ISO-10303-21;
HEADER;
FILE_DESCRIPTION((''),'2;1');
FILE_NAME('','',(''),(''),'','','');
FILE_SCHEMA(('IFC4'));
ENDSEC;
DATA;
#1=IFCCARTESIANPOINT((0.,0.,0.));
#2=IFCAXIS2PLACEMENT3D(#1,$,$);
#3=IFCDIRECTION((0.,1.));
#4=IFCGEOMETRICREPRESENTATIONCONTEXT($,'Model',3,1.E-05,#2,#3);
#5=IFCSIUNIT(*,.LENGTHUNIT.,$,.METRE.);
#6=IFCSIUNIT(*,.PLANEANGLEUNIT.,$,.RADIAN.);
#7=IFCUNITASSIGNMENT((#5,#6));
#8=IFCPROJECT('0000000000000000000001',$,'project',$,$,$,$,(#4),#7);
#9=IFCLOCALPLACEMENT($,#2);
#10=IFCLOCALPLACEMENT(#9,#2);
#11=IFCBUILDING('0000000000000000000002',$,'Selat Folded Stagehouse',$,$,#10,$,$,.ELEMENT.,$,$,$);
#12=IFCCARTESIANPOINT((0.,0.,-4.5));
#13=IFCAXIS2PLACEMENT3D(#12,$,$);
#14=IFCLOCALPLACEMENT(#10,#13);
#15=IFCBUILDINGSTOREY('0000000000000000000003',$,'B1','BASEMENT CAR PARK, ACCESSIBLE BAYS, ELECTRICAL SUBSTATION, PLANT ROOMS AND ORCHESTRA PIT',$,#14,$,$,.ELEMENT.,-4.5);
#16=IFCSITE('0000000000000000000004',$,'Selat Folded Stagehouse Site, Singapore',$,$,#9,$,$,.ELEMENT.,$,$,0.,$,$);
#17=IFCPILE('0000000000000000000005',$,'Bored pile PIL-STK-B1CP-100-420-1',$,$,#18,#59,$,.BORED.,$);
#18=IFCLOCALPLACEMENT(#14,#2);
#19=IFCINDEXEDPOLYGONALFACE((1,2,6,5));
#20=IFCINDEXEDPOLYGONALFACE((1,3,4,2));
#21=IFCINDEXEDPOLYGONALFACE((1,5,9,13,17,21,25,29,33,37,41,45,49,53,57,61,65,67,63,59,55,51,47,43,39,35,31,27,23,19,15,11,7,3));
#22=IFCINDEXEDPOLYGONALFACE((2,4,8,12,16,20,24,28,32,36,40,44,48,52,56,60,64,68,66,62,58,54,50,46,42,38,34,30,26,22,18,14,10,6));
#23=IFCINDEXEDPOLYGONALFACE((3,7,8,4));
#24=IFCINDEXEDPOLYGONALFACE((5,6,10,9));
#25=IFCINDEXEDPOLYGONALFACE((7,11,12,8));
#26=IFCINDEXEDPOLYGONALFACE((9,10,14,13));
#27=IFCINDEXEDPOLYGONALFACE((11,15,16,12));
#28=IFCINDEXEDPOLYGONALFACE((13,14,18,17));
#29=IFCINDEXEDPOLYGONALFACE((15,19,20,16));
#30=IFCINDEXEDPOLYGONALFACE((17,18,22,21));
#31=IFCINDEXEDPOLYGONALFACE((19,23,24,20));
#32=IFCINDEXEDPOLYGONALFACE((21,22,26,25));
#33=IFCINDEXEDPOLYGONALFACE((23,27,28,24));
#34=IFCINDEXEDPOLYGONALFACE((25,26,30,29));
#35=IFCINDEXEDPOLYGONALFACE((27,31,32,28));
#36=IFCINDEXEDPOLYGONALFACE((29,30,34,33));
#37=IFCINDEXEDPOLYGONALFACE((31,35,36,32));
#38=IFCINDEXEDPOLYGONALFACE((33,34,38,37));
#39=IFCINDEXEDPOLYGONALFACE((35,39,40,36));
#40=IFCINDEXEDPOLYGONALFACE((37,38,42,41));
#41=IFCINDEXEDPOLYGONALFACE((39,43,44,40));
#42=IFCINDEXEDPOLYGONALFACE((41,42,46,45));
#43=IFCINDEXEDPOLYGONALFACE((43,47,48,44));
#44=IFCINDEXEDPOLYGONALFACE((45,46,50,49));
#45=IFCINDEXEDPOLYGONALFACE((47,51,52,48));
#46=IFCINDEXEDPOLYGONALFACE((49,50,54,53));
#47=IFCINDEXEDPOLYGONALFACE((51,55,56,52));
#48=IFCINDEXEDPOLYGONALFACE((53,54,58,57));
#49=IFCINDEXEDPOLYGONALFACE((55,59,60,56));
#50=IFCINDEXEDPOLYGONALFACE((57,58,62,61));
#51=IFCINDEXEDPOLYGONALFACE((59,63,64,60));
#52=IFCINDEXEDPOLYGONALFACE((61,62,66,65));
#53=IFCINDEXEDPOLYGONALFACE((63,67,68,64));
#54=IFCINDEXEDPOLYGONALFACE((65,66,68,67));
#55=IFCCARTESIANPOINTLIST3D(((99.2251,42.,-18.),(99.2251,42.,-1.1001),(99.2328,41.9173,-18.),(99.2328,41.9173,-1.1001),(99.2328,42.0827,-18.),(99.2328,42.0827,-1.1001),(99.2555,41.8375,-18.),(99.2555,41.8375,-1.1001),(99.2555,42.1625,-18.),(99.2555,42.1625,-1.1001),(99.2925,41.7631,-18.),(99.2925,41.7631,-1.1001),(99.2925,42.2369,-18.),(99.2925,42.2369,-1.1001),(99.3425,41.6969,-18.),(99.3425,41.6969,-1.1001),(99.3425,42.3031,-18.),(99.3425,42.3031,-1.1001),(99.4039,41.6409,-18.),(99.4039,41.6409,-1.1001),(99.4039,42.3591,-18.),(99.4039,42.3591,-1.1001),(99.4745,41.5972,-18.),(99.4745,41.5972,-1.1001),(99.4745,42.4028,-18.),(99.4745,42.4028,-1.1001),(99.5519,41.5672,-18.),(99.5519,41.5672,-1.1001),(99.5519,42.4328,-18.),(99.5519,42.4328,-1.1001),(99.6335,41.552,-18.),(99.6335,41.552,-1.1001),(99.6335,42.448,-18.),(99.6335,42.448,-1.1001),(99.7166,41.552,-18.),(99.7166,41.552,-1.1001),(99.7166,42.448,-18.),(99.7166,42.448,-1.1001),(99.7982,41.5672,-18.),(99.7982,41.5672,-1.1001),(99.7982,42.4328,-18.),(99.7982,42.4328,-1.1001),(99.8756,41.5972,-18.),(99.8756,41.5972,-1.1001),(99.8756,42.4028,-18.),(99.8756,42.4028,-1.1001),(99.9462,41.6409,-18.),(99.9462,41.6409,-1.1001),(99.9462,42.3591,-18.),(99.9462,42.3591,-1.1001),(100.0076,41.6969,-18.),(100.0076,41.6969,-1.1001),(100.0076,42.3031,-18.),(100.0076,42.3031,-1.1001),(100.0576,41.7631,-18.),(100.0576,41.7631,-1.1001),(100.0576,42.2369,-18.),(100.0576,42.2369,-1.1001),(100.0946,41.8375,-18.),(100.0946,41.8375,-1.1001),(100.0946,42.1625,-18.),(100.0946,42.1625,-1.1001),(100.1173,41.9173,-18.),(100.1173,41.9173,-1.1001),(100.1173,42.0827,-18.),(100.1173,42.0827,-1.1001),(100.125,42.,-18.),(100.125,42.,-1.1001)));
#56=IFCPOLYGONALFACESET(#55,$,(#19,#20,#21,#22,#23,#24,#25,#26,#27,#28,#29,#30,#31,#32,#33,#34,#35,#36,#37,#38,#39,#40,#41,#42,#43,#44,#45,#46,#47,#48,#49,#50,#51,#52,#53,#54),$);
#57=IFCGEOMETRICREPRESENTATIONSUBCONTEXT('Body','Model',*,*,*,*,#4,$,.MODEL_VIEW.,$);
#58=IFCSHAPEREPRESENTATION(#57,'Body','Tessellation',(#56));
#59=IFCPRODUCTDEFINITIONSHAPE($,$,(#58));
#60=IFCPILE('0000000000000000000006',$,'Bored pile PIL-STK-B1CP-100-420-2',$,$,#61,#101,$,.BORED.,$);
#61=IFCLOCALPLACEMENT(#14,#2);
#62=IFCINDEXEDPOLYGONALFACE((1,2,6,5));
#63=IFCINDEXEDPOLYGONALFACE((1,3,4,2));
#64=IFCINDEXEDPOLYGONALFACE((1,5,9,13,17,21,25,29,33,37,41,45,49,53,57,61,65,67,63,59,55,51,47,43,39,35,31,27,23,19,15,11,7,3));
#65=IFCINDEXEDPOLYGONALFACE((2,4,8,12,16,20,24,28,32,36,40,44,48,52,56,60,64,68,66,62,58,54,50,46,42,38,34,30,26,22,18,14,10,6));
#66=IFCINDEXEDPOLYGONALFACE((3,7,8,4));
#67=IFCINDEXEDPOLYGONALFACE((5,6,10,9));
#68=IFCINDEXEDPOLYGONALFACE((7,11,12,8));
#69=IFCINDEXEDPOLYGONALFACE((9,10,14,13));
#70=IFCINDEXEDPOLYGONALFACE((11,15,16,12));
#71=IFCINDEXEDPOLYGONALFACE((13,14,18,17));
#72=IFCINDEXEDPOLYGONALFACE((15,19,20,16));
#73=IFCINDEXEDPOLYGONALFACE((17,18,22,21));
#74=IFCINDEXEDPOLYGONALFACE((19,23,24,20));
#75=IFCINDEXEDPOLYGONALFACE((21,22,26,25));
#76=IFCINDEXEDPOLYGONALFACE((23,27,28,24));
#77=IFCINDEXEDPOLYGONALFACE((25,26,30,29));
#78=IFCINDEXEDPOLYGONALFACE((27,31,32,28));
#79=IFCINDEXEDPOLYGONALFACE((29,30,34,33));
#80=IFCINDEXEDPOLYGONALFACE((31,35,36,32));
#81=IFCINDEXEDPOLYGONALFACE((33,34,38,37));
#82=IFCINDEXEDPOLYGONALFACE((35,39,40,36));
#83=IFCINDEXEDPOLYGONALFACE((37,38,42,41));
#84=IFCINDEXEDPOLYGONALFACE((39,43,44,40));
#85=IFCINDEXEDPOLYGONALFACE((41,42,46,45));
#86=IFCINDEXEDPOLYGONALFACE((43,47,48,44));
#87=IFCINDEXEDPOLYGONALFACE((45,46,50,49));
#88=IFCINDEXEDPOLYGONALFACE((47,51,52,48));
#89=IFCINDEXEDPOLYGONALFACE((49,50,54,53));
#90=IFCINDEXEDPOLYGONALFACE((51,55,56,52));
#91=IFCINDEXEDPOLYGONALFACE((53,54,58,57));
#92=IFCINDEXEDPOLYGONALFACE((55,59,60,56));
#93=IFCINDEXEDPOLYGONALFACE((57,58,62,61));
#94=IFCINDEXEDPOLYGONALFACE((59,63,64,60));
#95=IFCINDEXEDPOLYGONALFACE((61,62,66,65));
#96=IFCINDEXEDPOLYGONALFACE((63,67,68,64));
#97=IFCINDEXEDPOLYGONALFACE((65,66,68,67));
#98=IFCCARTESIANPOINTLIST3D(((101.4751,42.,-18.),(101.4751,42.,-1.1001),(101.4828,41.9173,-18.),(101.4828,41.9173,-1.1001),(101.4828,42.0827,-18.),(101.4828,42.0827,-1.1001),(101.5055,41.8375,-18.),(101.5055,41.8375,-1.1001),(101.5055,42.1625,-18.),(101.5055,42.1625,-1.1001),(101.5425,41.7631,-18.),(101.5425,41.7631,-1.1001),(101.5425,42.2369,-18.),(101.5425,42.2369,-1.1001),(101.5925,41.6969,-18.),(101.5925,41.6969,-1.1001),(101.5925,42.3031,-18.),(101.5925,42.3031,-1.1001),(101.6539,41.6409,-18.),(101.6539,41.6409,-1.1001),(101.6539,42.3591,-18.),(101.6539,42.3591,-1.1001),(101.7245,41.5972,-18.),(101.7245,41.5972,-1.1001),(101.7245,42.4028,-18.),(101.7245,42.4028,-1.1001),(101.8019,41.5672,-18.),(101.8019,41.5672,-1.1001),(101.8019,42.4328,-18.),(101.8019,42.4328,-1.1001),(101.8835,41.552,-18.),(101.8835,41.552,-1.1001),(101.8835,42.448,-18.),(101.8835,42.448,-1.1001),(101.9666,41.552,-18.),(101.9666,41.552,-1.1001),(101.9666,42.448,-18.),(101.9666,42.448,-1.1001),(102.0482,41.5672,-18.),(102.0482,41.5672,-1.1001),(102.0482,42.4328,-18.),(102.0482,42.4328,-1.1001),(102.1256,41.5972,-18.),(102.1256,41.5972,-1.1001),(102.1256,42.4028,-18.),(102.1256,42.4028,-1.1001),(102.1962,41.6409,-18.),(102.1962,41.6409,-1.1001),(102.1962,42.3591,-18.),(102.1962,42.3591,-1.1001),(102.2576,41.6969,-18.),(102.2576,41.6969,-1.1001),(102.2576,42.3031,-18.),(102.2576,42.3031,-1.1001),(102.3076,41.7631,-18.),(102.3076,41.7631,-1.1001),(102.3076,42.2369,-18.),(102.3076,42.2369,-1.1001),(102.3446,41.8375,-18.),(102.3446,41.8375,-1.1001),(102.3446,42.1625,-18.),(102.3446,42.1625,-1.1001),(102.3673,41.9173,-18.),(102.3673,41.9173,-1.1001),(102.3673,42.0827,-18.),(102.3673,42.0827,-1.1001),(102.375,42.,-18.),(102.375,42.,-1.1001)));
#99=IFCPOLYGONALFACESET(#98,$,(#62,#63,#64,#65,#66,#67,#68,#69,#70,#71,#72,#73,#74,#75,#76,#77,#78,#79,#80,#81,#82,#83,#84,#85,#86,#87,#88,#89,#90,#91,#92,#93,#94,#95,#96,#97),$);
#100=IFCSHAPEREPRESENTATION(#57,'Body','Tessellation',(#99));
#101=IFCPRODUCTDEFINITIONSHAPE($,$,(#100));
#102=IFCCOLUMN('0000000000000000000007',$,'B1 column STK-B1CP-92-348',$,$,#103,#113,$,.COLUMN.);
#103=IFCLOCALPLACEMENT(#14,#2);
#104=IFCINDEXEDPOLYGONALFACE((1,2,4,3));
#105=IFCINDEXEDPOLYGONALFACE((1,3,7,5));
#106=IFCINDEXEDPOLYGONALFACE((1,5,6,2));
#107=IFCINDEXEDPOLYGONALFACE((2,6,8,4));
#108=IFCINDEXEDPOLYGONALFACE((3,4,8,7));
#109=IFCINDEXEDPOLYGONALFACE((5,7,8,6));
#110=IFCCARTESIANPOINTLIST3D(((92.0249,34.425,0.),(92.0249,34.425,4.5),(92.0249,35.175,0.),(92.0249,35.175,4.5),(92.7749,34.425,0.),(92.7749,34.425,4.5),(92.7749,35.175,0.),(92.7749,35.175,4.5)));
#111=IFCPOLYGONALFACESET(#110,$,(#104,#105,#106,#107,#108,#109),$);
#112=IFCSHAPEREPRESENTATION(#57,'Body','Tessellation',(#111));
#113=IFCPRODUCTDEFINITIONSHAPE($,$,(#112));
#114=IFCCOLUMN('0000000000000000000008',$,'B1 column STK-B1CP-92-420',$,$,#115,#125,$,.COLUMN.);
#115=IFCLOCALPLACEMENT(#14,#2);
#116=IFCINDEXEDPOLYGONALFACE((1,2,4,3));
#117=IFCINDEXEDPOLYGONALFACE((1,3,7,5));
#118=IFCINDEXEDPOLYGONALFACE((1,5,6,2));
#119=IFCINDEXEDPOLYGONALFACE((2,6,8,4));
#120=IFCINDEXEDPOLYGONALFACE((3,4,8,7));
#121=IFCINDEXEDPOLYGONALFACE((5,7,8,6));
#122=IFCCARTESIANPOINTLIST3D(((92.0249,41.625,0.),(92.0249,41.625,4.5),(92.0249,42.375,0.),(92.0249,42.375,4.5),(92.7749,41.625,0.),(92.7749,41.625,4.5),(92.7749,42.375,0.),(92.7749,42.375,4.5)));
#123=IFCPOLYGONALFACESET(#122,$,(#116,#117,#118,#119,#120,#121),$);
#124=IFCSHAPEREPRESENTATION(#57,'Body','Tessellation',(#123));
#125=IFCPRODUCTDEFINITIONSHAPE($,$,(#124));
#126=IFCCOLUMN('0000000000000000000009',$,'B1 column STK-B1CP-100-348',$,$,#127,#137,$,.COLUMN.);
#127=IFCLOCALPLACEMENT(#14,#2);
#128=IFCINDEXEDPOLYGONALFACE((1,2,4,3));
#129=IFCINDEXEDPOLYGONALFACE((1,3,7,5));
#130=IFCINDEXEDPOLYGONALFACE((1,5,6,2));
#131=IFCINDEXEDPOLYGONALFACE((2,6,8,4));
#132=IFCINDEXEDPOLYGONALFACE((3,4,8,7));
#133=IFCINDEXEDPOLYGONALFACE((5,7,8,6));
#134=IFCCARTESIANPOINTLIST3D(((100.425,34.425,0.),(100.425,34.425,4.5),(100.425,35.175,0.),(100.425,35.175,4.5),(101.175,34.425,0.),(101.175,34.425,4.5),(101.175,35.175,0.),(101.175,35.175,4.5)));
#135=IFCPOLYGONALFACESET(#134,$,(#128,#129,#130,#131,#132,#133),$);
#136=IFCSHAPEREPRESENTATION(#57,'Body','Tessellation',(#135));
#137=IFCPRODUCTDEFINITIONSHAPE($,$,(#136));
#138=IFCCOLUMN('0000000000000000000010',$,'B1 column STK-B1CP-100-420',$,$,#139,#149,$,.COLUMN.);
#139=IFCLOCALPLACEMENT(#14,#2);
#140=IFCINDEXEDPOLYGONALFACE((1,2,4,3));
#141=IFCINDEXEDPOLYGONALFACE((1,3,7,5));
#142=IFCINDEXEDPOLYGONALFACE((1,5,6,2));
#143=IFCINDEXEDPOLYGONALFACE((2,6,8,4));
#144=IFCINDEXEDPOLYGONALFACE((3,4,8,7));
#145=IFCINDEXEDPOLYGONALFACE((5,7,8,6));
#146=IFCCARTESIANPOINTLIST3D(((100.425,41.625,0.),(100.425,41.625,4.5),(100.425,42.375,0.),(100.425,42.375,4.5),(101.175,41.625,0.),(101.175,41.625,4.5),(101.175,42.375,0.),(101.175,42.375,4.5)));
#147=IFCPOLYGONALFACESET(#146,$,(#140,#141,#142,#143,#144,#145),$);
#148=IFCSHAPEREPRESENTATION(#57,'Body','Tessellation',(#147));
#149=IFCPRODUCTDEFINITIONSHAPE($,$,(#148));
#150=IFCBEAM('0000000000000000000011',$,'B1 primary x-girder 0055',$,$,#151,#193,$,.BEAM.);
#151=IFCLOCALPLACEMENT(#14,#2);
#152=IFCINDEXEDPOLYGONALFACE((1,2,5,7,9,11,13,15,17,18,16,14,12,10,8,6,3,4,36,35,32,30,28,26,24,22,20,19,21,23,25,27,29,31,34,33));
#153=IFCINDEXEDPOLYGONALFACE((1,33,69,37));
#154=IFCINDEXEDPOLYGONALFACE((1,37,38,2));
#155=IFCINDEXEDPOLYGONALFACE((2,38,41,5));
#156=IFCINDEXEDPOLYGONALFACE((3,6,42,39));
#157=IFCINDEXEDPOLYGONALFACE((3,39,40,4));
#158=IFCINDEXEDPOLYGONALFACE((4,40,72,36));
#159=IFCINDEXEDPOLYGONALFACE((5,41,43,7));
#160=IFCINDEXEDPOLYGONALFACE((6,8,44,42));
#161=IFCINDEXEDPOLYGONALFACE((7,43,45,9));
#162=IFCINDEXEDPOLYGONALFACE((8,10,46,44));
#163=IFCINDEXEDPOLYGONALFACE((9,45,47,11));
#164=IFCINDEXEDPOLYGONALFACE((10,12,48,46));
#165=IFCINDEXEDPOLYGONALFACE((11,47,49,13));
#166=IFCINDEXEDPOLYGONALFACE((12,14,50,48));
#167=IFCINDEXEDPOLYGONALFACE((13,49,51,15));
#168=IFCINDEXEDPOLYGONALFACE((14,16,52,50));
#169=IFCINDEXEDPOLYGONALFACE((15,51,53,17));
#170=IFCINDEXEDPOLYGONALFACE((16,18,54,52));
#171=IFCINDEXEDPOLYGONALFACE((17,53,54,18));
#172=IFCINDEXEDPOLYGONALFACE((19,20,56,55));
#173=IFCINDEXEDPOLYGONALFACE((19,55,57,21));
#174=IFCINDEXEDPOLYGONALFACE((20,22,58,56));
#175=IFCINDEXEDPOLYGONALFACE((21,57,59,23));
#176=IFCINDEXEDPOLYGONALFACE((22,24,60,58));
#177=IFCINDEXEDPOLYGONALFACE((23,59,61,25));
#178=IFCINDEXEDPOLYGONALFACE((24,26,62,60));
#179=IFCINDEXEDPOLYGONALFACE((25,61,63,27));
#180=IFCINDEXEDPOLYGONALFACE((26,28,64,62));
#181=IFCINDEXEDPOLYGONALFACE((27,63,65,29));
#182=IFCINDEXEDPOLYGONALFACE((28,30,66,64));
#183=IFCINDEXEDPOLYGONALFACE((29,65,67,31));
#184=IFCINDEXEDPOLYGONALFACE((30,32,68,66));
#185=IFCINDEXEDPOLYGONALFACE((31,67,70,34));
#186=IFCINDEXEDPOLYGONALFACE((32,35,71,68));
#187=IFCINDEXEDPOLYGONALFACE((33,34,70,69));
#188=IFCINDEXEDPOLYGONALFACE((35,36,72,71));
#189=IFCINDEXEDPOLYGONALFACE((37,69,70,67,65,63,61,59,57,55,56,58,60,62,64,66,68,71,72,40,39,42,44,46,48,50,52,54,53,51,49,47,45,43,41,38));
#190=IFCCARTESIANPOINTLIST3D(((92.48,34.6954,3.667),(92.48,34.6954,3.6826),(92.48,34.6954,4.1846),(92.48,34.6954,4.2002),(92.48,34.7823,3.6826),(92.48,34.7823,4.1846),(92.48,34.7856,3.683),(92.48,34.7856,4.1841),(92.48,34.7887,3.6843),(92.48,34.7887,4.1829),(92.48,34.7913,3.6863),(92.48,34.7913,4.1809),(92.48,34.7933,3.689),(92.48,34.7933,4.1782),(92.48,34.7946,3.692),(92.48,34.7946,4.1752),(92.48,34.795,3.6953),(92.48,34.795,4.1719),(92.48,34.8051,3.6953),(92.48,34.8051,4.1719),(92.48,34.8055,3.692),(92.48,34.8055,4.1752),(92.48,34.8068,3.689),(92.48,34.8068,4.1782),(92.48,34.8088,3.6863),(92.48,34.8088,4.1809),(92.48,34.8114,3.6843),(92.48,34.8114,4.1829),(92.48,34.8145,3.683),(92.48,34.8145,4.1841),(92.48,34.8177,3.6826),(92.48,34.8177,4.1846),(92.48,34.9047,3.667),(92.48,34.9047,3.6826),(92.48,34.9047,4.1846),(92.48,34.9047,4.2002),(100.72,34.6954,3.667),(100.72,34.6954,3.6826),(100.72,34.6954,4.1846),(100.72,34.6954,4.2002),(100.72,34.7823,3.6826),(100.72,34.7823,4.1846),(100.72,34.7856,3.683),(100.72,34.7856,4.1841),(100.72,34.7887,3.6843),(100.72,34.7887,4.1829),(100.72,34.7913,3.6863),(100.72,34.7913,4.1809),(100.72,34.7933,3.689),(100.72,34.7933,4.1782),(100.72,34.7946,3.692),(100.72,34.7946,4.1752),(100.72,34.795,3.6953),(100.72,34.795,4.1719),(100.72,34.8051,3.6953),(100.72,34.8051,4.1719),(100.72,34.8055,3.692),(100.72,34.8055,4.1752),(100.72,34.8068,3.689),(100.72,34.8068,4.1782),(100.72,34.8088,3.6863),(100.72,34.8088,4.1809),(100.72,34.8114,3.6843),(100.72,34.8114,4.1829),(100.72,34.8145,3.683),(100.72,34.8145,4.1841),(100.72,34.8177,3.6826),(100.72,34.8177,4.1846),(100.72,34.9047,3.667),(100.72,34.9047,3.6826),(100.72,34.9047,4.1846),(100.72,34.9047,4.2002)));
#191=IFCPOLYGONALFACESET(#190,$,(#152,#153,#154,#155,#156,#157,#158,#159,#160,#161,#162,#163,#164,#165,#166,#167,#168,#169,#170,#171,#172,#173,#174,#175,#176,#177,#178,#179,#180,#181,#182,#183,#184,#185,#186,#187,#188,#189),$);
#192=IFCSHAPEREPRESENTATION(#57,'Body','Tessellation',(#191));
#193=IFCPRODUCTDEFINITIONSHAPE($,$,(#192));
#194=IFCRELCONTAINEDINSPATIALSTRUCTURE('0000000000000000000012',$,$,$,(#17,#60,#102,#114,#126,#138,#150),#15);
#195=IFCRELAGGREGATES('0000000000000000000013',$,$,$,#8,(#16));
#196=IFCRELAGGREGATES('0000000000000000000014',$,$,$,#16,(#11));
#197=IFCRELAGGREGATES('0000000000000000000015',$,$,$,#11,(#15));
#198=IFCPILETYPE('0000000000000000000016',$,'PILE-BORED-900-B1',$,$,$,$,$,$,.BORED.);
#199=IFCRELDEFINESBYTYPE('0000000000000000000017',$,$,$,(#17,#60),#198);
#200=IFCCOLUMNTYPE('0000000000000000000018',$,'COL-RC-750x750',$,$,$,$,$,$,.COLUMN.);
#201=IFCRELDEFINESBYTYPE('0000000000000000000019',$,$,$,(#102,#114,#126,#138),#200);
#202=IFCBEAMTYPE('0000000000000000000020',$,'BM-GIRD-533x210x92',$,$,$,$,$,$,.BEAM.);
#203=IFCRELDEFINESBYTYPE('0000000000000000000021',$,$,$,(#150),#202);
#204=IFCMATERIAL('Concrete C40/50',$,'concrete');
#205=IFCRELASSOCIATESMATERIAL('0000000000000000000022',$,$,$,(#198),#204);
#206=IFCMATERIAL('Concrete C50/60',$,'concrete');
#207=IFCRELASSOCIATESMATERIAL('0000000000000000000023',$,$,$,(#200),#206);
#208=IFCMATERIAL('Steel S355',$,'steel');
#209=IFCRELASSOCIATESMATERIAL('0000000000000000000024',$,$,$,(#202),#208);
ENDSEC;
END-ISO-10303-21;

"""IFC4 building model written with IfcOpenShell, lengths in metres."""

from ifc_helpers import new_model, si_unit, direction, frame, origin, origin_2d, place, context, subcontext, project, spatial, rectangle, circle, i_section, extrude, material, material_profile, profile_set, type_object, element, save


model = new_model("IFC4")

# Units and contexts
model_context = context("Model", 3, precision=1e-05, world=origin(), true_north=direction((0.0, 1.0)))
body_context = subcontext(model_context, "Body", "Model", "MODEL_VIEW")
ifc_project = project(units=[si_unit("LENGTHUNIT", "METRE"), si_unit("PLANEANGLEUNIT", "RADIAN")], contexts=[model_context])

# Site, building, storey
site_placement = place(None, origin())
site = spatial("IfcSite", under=ifc_project, at=site_placement, Name="Selat Folded Stagehouse Site, Singapore", CompositionType="ELEMENT", RefElevation=0.0)
building_placement = place(site_placement, origin())
building = spatial("IfcBuilding", under=site, at=building_placement, Name="Selat Folded Stagehouse", CompositionType="ELEMENT")
storey_placement = place(building_placement, frame((0.0, 0.0, -4.5)))
storey = spatial("IfcBuildingStorey", under=building, at=storey_placement, Name="B1", Description="BASEMENT CAR PARK, ACCESSIBLE BAYS, ELECTRICAL SUBSTATION, PLANT ROOMS AND ORCHESTRA PIT", CompositionType="ELEMENT", Elevation=-4.5)

# Shared definitions
ifc_material_1 = material(Name="Concrete C40/50", Category="concrete")

# Piles
ifc_material_profile_1 = material_profile(ifc_material_1, circle(Radius=0.45, at=origin_2d()), Name="PILE D900")
ifc_profile_set_1 = profile_set([ifc_material_profile_1], Name="Concrete C40/50")
pile_type = type_object("IfcPileType", Name="PILE-BORED-900-B1", PredefinedType="BORED", material=ifc_profile_set_1)
for number, where, z_axis, x_axis, name in (
    (1, (99.675, 42.0, -1.1001), (0.0, 0.0, -1.0), (1.0, 0.0, 0.0), "Bored pile PIL-STK-B1CP-100-420-1"),
    (2, (101.925, 42.0, -1.1001), (0.0, 0.0, -1.0), (1.0, 0.0, 0.0), "Bored pile PIL-STK-B1CP-100-420-2"),
):
    element("IfcPile", number, at=place(storey_placement, frame(where, z_axis=z_axis, x_axis=x_axis)), inside=storey, type_object=pile_type, Name=name, PredefinedType="BORED", context=body_context, shape_type="SweptSolid", body=[
        extrude(circle(Radius=0.45, at=origin_2d()), origin(), (0.0, 0.0, 1.0), 16.8999),
    ])

# Columns
ifc_material_2 = material(Name="Concrete C50/60", Category="concrete")
ifc_material_profile_2 = material_profile(ifc_material_2, rectangle(XDim=0.75, YDim=0.75, at=origin_2d()), Name="RC 750x750")
ifc_profile_set_2 = profile_set([ifc_material_profile_2], Name="Concrete C50/60")
column_type = type_object("IfcColumnType", Name="COL-RC-750x750", PredefinedType="COLUMN", material=ifc_profile_set_2)
for number, where, z_axis, x_axis, name in (
    (3, (92.3999, 34.8, 0.0), (0.0, 0.0, 1.0), (1.0, 0.0, 0.0), "B1 column STK-B1CP-92-348"),
    (4, (92.3999, 42.0, 0.0), (0.0, 0.0, 1.0), (1.0, 0.0, 0.0), "B1 column STK-B1CP-92-420"),
    (5, (100.8, 34.8, 0.0), (0.0, 0.0, 1.0), (1.0, 0.0, 0.0), "B1 column STK-B1CP-100-348"),
    (6, (100.8, 42.0, 0.0), (0.0, 0.0, 1.0), (1.0, 0.0, 0.0), "B1 column STK-B1CP-100-420"),
):
    element("IfcColumn", number, at=place(storey_placement, frame(where, z_axis=z_axis, x_axis=x_axis)), inside=storey, type_object=column_type, Name=name, PredefinedType="COLUMN", context=body_context, shape_type="SweptSolid", body=[
        extrude(rectangle(XDim=0.75, YDim=0.75, at=origin_2d()), origin(), (0.0, 0.0, 1.0), 4.5),
    ])

# Beam
ifc_material_3 = material(Name="Steel S355", Category="steel")
ifc_material_profile_3 = material_profile(ifc_material_3, i_section(OverallWidth=0.2092, OverallDepth=0.5332, WebThickness=0.01, FlangeThickness=0.0156, FilletRadius=0.0127, at=origin_2d()), Name="UKB 533x210x92")
ifc_profile_set_3 = profile_set([ifc_material_profile_3], Name="Steel S355")
beam_type = type_object("IfcBeamType", Name="BM-GIRD-533x210x92", PredefinedType="BEAM", material=ifc_profile_set_3)
beam_1_placement = place(storey_placement, frame((92.48, 34.8, 3.9336), z_axis=(1.0, 0.0, 0.0), x_axis=(0.0, 1.0, 0.0)))
element("IfcBeam", 7, at=beam_1_placement, inside=storey, type_object=beam_type, Name="B1 primary x-girder 0055", PredefinedType="BEAM", context=body_context, shape_type="SweptSolid", body=[
    extrude(i_section(OverallWidth=0.2092, OverallDepth=0.5332, WebThickness=0.01, FlangeThickness=0.0156, FilletRadius=0.0127, at=origin_2d()), origin(), (0.0, 0.0, 1.0), 8.24),
])

save(model, "model.ifc")
